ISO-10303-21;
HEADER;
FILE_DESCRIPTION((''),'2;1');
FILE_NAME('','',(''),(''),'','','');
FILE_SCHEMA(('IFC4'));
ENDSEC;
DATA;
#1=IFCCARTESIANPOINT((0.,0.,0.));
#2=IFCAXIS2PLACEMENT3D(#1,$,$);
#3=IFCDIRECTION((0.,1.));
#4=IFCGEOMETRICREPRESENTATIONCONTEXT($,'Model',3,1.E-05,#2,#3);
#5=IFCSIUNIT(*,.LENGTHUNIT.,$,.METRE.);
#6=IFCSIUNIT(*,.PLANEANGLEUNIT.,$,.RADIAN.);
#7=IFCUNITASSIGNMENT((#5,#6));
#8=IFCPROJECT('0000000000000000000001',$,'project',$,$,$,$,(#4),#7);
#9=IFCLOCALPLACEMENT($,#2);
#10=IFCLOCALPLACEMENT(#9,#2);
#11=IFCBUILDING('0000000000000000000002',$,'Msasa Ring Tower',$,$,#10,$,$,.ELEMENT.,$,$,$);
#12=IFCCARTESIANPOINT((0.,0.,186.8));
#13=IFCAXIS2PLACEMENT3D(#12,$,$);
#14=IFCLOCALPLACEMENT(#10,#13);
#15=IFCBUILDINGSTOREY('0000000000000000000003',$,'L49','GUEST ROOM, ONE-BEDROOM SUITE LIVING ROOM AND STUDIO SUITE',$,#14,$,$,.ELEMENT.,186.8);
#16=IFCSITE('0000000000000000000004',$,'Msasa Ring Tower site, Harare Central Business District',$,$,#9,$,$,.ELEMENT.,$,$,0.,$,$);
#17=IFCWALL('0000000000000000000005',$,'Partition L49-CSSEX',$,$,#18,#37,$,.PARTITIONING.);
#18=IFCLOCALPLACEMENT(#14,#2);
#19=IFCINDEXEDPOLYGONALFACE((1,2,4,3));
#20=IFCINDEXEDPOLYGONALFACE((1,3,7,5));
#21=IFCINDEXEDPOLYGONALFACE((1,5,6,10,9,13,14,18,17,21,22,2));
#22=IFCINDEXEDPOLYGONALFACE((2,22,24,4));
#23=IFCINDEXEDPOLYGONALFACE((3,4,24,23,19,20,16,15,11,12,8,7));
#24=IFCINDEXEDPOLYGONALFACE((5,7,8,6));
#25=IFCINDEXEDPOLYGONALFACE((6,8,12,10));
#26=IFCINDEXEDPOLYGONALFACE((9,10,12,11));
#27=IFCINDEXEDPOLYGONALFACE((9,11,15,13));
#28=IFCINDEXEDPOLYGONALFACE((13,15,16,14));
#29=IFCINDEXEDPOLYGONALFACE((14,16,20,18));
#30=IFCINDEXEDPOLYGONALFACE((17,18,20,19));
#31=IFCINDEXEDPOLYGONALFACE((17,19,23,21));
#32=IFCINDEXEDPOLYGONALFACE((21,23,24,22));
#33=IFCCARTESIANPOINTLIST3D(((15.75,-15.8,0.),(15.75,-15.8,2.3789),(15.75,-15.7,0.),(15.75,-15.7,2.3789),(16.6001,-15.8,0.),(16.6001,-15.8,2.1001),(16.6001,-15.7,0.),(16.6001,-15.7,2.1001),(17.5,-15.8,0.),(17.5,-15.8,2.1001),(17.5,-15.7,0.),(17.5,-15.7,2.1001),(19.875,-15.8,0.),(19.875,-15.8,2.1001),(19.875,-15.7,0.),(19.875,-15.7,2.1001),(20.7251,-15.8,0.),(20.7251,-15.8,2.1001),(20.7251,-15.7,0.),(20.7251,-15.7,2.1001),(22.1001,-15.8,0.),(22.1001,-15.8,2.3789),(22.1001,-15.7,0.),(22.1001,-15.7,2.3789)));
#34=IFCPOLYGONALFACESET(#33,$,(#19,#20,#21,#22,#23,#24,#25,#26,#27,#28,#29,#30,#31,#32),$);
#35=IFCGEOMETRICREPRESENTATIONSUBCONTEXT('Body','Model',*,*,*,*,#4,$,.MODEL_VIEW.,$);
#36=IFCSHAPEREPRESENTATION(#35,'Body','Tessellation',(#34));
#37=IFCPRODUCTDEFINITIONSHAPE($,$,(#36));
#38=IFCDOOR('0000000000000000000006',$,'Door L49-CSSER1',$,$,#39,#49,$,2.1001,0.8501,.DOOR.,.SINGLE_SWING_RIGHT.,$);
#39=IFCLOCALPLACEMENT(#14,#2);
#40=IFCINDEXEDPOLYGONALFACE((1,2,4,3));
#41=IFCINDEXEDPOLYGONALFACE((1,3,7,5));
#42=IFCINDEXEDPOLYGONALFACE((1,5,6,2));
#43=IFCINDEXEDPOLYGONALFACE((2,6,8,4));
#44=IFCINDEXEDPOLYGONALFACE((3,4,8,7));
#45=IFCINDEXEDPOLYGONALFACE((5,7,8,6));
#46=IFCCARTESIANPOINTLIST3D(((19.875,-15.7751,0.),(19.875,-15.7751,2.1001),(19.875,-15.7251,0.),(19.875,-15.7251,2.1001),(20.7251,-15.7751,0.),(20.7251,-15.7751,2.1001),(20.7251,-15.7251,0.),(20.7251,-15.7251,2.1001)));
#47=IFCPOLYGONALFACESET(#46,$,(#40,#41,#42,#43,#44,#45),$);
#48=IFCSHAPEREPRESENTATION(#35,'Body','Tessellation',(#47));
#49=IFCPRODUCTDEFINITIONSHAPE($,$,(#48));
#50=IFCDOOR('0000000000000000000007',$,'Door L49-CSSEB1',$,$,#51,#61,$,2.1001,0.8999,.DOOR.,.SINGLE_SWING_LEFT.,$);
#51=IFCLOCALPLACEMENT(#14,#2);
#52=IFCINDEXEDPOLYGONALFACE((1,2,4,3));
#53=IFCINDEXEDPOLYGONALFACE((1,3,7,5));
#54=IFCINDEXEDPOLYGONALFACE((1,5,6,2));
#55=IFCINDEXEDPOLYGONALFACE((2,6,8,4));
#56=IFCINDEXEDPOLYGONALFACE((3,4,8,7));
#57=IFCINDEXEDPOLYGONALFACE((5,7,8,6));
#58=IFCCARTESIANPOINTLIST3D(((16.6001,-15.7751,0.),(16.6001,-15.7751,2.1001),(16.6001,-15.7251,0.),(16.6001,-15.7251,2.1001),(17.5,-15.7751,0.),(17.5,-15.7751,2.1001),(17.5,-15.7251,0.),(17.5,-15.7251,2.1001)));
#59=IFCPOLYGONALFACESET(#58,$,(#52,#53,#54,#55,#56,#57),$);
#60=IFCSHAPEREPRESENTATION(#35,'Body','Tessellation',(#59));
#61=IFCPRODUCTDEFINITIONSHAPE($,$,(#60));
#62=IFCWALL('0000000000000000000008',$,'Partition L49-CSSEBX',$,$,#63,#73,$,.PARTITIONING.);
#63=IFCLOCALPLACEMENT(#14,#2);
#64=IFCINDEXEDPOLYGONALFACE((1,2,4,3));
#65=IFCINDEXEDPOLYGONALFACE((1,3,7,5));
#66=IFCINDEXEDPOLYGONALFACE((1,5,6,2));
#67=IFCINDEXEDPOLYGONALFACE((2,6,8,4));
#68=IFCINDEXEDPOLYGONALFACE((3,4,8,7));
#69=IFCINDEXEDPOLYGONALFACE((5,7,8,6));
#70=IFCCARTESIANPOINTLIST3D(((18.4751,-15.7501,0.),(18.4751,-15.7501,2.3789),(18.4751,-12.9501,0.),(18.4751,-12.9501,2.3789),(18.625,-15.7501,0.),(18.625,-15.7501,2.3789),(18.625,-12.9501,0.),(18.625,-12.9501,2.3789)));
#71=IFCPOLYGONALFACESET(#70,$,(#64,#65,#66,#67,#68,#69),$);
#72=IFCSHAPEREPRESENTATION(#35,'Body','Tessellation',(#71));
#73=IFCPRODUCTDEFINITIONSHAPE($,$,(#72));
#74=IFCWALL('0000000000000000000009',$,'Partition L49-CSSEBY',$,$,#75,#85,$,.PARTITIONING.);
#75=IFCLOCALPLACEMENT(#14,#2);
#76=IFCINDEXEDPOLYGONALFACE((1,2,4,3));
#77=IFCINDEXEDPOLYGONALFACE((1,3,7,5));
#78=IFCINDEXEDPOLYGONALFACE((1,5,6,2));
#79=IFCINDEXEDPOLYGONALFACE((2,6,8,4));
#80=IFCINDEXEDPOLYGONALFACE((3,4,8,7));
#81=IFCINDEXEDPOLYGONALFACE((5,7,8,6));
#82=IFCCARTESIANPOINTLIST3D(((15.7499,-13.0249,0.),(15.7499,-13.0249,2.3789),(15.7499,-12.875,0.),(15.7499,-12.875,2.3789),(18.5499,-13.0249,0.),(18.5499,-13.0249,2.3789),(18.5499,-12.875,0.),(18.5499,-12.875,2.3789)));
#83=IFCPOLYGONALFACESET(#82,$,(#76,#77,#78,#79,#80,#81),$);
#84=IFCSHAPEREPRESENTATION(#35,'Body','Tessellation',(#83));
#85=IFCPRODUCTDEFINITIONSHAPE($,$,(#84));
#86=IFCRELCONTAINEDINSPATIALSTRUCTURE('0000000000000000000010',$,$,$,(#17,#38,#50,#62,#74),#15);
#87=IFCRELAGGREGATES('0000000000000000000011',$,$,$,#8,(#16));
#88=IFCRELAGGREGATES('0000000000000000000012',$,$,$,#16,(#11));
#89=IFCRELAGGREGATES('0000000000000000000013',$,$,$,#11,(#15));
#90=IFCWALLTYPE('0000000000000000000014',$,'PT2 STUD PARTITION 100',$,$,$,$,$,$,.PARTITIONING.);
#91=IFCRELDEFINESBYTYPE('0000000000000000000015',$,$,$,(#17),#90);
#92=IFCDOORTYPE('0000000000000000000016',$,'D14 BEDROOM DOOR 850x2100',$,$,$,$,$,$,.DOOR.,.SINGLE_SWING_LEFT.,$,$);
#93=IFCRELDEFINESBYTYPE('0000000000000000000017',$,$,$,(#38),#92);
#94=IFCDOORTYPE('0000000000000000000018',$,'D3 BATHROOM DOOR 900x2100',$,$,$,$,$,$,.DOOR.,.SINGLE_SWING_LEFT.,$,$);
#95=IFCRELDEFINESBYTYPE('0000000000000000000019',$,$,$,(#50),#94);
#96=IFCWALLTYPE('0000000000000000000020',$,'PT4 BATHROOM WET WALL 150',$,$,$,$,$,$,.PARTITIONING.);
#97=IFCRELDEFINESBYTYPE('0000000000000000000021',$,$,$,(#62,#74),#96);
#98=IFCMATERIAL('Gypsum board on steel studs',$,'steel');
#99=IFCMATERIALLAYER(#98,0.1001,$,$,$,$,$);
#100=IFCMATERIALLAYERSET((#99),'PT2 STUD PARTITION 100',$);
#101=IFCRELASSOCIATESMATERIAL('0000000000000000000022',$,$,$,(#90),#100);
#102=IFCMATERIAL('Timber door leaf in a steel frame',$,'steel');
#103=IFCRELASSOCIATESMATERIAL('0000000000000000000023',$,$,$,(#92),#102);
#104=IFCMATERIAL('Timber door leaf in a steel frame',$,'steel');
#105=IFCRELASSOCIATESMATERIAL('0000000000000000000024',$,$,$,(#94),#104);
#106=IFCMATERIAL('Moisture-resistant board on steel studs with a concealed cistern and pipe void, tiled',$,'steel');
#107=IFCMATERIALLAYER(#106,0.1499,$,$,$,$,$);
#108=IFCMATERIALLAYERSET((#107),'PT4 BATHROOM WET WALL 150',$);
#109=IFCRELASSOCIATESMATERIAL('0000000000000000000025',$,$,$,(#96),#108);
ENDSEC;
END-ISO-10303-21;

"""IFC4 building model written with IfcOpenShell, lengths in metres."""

from ifc_helpers import new_model, si_unit, direction, frame, frame_2d, origin, place, context, subcontext, project, spatial, rectangle, extrude, material, layer, layer_set, type_object, element, fill, save


model = new_model("IFC4")

# Units and contexts
model_context = context("Model", 3, precision=1e-05, world=origin(), true_north=direction((0.0, 1.0)))
body_context = subcontext(model_context, "Body", "Model", "MODEL_VIEW")
ifc_project = project(units=[si_unit("LENGTHUNIT", "METRE"), si_unit("PLANEANGLEUNIT", "RADIAN")], contexts=[model_context])

# Site, building, storey
site_placement = place(None, origin())
site = spatial("IfcSite", under=ifc_project, at=site_placement, Name="Msasa Ring Tower site, Harare Central Business District", CompositionType="ELEMENT", RefElevation=0.0)
building_placement = place(site_placement, origin())
building = spatial("IfcBuilding", under=site, at=building_placement, Name="Msasa Ring Tower", CompositionType="ELEMENT")
storey_placement = place(building_placement, frame((0.0, 0.0, 186.8)))
storey = spatial("IfcBuildingStorey", under=building, at=storey_placement, Name="L49", Description="GUEST ROOM, ONE-BEDROOM SUITE LIVING ROOM AND STUDIO SUITE", CompositionType="ELEMENT", Elevation=186.8)

# Wall, openings, doors
ifc_material_1 = material(Name="Gypsum board on steel studs", Category="steel")
ifc_layer_1 = layer(ifc_material_1, 0.1001)
ifc_layer_set_1 = layer_set([ifc_layer_1], Name="PT2 STUD PARTITION 100")
wall_type_1 = type_object("IfcWallType", Name="PT2 STUD PARTITION 100", PredefinedType="PARTITIONING", material=ifc_layer_set_1)
wall_1_placement = place(storey_placement, frame((15.75, -15.75, 0.0), z_axis=(0.0, 0.0, 1.0), x_axis=(1.0, 0.0, 0.0)))
wall_1 = element("IfcWall", 1, at=wall_1_placement, inside=storey, type_object=wall_type_1, Name="Partition L49-CSSEX", PredefinedType="PARTITIONING", context=body_context, shape_type="SweptSolid", body=[
    extrude(rectangle(XDim=6.3501, YDim=0.1001, at=frame_2d((3.175, 0.0))), origin(), (0.0, 0.0, 1.0), 2.3789),
])
opening_1_placement = place(wall_1_placement, frame((4.125, 0.0, 0.0)))
opening_1 = element("IfcOpeningElement", 2, at=opening_1_placement, cuts=wall_1, PredefinedType="OPENING", context=body_context, shape_type="SweptSolid", body=[
    extrude(rectangle(XDim=0.8501, YDim=2.1001, at=frame_2d((0.425, 1.05))), frame((0.0, 0.0601, 0.0), z_axis=(0.0, -1.0, 0.0), x_axis=(1.0, 0.0, 0.0)), (0.0, 0.0, 1.0), 0.1201),
])
opening_2_placement = place(wall_1_placement, frame((0.8501, 0.0, 0.0)))
opening_2 = element("IfcOpeningElement", 3, at=opening_2_placement, cuts=wall_1, PredefinedType="OPENING", context=body_context, shape_type="SweptSolid", body=[
    extrude(rectangle(XDim=0.8999, YDim=2.1001, at=frame_2d((0.45, 1.05))), frame((0.0, 0.0601, 0.0), z_axis=(0.0, -1.0, 0.0), x_axis=(1.0, 0.0, 0.0)), (0.0, 0.0, 1.0), 0.1201),
])
ifc_material_2 = material(Name="Timber door leaf in a steel frame", Category="steel")
door_type_1 = type_object("IfcDoorType", Name="D14 BEDROOM DOOR 850x2100", OperationType="SINGLE_SWING_LEFT", PredefinedType="DOOR", material=ifc_material_2)
door_1_placement = place(opening_1_placement, origin())
door_1 = element("IfcDoor", 4, at=door_1_placement, inside=storey, type_object=door_type_1, Name="Door L49-CSSER1", OperationType="SINGLE_SWING_RIGHT", OverallHeight=2.1001, OverallWidth=0.8501, PredefinedType="DOOR", context=body_context, shape_type="SweptSolid", body=[
    extrude(rectangle(XDim=0.8501, YDim=2.1001, at=frame_2d((0.425, 1.05))), frame((0.0, 0.0249, 0.0), z_axis=(0.0, -1.0, 0.0), x_axis=(1.0, 0.0, 0.0)), (0.0, 0.0, 1.0), 0.05),
])
fill(opening_1, door_1)
ifc_material_3 = material(Name="Timber door leaf in a steel frame", Category="steel")
door_type_2 = type_object("IfcDoorType", Name="D3 BATHROOM DOOR 900x2100", OperationType="SINGLE_SWING_LEFT", PredefinedType="DOOR", material=ifc_material_3)
door_2_placement = place(opening_2_placement, origin())
door_2 = element("IfcDoor", 5, at=door_2_placement, inside=storey, type_object=door_type_2, Name="Door L49-CSSEB1", OperationType="SINGLE_SWING_LEFT", OverallHeight=2.1001, OverallWidth=0.8999, PredefinedType="DOOR", context=body_context, shape_type="SweptSolid", body=[
    extrude(rectangle(XDim=0.8999, YDim=2.1001, at=frame_2d((0.45, 1.05))), frame((0.0, 0.0249, 0.0), z_axis=(0.0, -1.0, 0.0), x_axis=(1.0, 0.0, 0.0)), (0.0, 0.0, 1.0), 0.05),
])
fill(opening_2, door_2)

# Walls
ifc_material_4 = material(Name="Moisture-resistant board on steel studs with a concealed cistern and pipe void, tiled", Category="steel")
ifc_layer_2 = layer(ifc_material_4, 0.1499)
ifc_layer_set_2 = layer_set([ifc_layer_2], Name="PT4 BATHROOM WET WALL 150")
wall_type_2 = type_object("IfcWallType", Name="PT4 BATHROOM WET WALL 150", PredefinedType="PARTITIONING", material=ifc_layer_set_2)
for number, where, z_axis, x_axis, name in (
    (6, (18.55, -15.75, 0.0), (0.0, 0.0, 1.0), (0.0, 1.0, 0.0), "Partition L49-CSSEBX"),
    (7, (15.75, -12.95, 0.0), (0.0, 0.0, 1.0), (1.0, 0.0, 0.0), "Partition L49-CSSEBY"),
):
    element("IfcWall", number, at=place(storey_placement, frame(where, z_axis=z_axis, x_axis=x_axis)), inside=storey, type_object=wall_type_2, Name=name, PredefinedType="PARTITIONING", context=body_context, shape_type="SweptSolid", body=[
        extrude(rectangle(XDim=2.8, YDim=0.1499, at=frame_2d((1.3999, 0.0))), origin(), (0.0, 0.0, 1.0), 2.3789),
    ])

save(model, "model.ifc")
